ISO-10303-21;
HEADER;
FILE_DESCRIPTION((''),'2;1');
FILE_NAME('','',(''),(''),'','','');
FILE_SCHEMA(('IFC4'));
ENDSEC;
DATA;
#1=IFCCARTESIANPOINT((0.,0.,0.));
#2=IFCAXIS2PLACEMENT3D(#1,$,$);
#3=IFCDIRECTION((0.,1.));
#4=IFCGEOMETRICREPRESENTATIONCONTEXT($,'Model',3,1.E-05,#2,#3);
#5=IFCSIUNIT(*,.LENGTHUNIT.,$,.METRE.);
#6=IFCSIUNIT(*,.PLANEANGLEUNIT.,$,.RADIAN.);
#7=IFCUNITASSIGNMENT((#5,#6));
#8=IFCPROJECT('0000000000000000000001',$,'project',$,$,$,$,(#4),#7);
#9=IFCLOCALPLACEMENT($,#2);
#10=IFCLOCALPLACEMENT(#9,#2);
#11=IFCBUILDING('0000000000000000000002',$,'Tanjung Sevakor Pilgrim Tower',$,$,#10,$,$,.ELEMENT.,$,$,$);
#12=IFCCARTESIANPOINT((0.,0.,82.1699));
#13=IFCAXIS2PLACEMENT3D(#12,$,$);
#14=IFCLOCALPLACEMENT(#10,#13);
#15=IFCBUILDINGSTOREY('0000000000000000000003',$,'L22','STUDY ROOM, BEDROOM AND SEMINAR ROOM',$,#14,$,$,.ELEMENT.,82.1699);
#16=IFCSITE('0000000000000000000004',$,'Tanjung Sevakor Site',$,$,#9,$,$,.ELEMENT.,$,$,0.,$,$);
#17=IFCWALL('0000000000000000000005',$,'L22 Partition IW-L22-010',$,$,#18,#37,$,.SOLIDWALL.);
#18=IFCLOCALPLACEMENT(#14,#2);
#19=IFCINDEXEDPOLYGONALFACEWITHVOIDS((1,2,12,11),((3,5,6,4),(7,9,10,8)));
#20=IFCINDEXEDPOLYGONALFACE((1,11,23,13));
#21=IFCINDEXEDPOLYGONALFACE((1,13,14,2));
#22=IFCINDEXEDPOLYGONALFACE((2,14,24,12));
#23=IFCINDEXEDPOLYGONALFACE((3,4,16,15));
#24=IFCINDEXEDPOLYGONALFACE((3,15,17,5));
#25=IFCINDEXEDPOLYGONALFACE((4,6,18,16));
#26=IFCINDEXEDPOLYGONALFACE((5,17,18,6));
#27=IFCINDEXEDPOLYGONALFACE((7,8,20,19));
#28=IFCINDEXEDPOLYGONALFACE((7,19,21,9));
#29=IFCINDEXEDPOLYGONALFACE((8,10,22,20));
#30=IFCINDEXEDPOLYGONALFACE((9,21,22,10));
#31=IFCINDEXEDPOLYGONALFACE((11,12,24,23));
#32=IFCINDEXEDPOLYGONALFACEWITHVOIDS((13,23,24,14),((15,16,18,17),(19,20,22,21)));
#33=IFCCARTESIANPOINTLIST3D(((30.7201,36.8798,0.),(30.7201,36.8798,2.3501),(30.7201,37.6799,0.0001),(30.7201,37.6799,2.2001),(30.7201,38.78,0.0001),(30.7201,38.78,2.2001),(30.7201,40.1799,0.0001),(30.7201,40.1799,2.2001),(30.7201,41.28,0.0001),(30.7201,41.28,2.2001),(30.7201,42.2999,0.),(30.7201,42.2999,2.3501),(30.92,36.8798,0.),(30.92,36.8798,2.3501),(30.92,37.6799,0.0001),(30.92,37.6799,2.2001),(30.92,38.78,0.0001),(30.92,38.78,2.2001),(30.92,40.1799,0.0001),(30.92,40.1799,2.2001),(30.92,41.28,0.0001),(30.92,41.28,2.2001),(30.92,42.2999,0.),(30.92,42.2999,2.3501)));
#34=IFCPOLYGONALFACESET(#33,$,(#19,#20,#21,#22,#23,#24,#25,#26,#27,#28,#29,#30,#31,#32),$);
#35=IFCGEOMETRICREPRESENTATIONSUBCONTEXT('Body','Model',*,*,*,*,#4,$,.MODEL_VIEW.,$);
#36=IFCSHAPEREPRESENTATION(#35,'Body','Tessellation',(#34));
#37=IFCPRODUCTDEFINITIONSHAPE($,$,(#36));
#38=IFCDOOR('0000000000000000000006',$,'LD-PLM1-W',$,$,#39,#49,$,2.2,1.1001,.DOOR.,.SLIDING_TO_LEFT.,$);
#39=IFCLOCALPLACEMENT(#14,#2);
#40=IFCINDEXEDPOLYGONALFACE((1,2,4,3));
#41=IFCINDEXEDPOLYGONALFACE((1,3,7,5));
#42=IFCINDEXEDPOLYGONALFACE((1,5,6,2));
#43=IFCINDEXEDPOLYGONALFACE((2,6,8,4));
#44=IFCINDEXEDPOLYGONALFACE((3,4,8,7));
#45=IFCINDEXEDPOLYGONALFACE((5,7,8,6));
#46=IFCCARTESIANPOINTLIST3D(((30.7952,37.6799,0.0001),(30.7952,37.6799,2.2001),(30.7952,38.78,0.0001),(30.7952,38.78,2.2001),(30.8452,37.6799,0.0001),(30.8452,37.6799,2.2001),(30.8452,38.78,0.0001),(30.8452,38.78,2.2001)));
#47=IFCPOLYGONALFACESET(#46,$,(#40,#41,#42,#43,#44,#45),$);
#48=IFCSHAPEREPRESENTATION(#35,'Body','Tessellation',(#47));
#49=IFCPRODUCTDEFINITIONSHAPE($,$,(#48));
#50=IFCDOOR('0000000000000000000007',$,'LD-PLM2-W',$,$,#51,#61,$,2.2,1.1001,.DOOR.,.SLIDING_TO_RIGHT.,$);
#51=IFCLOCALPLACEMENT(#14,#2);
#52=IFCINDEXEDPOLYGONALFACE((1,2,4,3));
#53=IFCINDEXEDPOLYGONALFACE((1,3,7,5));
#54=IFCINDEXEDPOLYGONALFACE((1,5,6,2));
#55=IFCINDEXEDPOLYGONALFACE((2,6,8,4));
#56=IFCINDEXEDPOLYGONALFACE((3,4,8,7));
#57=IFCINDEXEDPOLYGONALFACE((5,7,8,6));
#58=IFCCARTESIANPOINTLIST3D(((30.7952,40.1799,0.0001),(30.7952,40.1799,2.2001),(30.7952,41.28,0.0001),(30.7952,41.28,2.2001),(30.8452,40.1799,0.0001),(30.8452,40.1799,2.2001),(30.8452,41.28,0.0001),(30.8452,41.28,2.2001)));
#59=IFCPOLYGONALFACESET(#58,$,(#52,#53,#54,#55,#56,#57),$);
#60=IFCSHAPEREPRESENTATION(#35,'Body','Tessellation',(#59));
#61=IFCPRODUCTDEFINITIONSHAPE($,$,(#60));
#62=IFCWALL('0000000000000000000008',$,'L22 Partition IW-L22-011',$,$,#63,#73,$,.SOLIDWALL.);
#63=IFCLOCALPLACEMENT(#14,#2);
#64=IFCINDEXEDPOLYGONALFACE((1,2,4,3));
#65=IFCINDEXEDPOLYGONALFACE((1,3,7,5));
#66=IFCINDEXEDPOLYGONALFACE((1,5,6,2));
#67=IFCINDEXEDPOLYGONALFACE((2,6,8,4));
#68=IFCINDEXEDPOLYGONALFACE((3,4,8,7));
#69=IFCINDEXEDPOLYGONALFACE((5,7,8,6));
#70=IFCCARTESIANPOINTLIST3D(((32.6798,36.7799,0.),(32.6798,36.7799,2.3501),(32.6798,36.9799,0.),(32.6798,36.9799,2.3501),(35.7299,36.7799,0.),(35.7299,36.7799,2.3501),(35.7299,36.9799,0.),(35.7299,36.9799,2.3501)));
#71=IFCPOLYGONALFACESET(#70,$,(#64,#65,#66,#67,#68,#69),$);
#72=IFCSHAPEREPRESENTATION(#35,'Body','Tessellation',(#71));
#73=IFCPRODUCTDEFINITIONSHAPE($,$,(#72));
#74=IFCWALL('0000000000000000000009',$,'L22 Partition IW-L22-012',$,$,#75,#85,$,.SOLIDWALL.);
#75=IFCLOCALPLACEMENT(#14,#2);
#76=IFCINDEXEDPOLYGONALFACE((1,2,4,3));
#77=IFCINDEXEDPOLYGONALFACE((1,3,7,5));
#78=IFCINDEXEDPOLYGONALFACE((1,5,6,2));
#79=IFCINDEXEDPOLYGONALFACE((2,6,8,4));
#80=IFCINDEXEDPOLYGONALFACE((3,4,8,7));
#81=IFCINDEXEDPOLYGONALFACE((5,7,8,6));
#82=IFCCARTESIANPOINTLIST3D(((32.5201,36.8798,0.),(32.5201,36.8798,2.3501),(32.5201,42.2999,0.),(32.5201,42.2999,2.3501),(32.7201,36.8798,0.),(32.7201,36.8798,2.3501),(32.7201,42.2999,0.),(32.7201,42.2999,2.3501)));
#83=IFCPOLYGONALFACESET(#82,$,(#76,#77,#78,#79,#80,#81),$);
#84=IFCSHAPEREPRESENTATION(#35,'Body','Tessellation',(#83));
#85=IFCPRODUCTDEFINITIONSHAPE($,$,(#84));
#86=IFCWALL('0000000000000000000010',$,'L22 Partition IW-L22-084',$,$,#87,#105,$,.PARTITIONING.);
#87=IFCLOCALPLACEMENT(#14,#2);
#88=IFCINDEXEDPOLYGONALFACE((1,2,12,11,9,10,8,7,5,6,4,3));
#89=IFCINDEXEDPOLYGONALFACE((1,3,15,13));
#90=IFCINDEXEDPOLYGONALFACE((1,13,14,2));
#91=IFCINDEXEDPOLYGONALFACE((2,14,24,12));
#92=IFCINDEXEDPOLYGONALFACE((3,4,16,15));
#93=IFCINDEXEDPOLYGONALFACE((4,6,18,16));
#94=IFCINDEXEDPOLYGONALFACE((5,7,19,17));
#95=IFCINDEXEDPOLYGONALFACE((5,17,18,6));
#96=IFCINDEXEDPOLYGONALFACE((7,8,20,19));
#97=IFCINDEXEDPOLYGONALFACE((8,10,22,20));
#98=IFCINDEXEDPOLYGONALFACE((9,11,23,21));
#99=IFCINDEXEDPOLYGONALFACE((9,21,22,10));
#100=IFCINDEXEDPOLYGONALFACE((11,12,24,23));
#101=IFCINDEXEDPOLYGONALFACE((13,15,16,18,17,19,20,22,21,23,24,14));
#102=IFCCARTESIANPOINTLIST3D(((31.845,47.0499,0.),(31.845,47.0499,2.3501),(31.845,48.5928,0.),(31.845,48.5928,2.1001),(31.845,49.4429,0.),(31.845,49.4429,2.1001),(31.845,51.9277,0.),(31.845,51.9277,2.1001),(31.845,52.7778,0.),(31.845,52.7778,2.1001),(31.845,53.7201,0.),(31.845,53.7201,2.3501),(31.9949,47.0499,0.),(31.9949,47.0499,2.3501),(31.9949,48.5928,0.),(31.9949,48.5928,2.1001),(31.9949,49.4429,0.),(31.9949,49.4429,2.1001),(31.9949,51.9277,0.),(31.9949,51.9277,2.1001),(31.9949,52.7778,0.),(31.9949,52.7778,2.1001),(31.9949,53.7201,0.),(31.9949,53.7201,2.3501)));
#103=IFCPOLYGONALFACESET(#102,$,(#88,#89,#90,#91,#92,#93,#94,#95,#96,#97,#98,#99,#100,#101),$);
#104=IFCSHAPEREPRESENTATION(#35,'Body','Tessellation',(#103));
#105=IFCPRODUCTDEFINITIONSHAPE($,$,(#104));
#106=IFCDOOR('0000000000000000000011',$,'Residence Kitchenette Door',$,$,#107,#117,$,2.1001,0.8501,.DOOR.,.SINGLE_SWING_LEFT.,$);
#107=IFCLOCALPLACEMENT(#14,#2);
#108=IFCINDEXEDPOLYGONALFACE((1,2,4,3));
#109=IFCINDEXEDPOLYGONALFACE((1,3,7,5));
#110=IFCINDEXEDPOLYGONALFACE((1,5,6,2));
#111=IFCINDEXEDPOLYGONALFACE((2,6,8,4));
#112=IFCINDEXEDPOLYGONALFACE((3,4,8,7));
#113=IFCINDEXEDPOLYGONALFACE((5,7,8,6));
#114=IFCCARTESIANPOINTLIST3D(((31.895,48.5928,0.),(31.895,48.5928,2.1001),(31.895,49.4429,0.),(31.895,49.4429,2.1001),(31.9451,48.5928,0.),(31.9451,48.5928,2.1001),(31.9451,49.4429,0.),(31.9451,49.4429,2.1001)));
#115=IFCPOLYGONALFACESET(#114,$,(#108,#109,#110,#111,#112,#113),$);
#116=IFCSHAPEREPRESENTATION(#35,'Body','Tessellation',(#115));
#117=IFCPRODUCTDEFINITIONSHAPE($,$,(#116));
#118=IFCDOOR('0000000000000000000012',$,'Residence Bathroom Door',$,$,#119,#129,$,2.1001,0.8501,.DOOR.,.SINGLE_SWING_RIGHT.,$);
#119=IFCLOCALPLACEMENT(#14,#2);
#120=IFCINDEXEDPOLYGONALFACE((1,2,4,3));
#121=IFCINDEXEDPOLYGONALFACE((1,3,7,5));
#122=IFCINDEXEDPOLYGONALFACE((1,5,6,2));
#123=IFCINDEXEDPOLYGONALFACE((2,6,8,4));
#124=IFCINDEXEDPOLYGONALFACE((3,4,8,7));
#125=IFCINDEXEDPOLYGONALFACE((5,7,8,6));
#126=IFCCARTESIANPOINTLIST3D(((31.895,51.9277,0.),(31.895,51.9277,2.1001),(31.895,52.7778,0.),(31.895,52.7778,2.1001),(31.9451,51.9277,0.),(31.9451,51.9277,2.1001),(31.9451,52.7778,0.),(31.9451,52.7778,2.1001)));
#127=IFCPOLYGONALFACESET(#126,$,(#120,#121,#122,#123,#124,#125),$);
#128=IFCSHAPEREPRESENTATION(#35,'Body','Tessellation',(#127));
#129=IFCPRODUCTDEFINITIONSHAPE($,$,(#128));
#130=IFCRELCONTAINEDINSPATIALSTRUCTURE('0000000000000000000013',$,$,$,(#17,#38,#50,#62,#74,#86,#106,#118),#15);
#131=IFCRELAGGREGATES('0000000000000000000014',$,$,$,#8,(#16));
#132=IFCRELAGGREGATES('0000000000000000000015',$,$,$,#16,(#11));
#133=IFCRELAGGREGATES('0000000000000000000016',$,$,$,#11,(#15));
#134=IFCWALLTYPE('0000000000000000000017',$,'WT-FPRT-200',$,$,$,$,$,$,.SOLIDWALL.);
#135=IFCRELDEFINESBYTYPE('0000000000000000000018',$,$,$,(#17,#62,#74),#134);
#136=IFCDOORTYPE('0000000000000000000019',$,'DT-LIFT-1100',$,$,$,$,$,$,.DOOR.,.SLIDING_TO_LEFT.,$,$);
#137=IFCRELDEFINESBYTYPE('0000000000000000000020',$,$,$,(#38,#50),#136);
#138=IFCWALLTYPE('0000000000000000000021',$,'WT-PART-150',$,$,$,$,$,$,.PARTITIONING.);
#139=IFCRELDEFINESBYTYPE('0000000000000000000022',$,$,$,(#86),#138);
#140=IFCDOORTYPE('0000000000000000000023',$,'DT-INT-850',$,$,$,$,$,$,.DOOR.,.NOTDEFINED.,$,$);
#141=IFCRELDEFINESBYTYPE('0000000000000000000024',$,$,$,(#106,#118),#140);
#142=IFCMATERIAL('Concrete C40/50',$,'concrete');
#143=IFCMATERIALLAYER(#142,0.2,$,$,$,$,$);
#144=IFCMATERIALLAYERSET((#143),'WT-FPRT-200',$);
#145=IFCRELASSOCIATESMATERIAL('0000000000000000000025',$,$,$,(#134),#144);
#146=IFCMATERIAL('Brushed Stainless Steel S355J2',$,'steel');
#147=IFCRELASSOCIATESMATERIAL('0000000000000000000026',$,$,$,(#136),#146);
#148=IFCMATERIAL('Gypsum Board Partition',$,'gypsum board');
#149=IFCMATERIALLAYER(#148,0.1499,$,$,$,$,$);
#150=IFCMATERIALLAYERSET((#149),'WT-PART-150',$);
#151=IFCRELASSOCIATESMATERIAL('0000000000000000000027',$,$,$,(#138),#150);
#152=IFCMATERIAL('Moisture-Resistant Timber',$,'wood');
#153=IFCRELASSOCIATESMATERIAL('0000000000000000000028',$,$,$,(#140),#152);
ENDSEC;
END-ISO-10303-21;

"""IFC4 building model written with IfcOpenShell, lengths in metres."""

from ifc_helpers import new_model, si_unit, direction, frame, frame_2d, origin, place, context, subcontext, project, spatial, rectangle, extrude, material, layer, layer_set, type_object, element, fill, save


model = new_model("IFC4")

# Units and contexts
model_context = context("Model", 3, precision=1e-05, world=origin(), true_north=direction((0.0, 1.0)))
body_context = subcontext(model_context, "Body", "Model", "MODEL_VIEW")
ifc_project = project(units=[si_unit("LENGTHUNIT", "METRE"), si_unit("PLANEANGLEUNIT", "RADIAN")], contexts=[model_context])

# Site, building, storey
site_placement = place(None, origin())
site = spatial("IfcSite", under=ifc_project, at=site_placement, Name="Tanjung Sevakor Site", CompositionType="ELEMENT", RefElevation=0.0)
building_placement = place(site_placement, origin())
building = spatial("IfcBuilding", under=site, at=building_placement, Name="Tanjung Sevakor Pilgrim Tower", CompositionType="ELEMENT")
storey_placement = place(building_placement, frame((0.0, 0.0, 82.1699)))
storey = spatial("IfcBuildingStorey", under=building, at=storey_placement, Name="L22", Description="STUDY ROOM, BEDROOM AND SEMINAR ROOM", CompositionType="ELEMENT", Elevation=82.1699)

# Shared definitions
ifc_material_1 = material(Name="Concrete C40/50", Category="concrete")
ifc_layer_1 = layer(ifc_material_1, 0.2)
ifc_layer_set_1 = layer_set([ifc_layer_1], Name="WT-FPRT-200")
wall_type_1 = type_object("IfcWallType", Name="WT-FPRT-200", PredefinedType="SOLIDWALL", material=ifc_layer_set_1)

# Wall, openings, doors
wall_1_placement = place(storey_placement, frame((30.8201, 36.8799, 0.0), z_axis=(0.0, 0.0, 1.0), x_axis=(0.0, 1.0, 0.0)))
wall_1 = element("IfcWall", 1, at=wall_1_placement, inside=storey, type_object=wall_type_1, Name="L22 Partition IW-L22-010", PredefinedType="SOLIDWALL", context=body_context, shape_type="SweptSolid", body=[
    extrude(rectangle(XDim=5.4202, YDim=0.2, at=frame_2d((2.71, 0.0))), origin(), (0.0, 0.0, 1.0), 2.3501),
])
opening_1_placement = place(wall_1_placement, frame((0.8, 0.0, 0.0)))
opening_1 = element("IfcOpeningElement", 2, at=opening_1_placement, cuts=wall_1, PredefinedType="OPENING", context=body_context, shape_type="SweptSolid", body=[
    extrude(rectangle(XDim=1.1001, YDim=2.2, at=frame_2d((0.55, 1.1001))), frame((0.0, 0.1099, 0.0), z_axis=(0.0, -1.0, 0.0), x_axis=(1.0, 0.0, 0.0)), (0.0, 0.0, 1.0), 0.22),
])
opening_2_placement = place(wall_1_placement, frame((3.3, 0.0, 0.0)))
opening_2 = element("IfcOpeningElement", 3, at=opening_2_placement, cuts=wall_1, PredefinedType="OPENING", context=body_context, shape_type="SweptSolid", body=[
    extrude(rectangle(XDim=1.1001, YDim=2.2, at=frame_2d((0.55, 1.1001))), frame((0.0, 0.1099, 0.0), z_axis=(0.0, -1.0, 0.0), x_axis=(1.0, 0.0, 0.0)), (0.0, 0.0, 1.0), 0.22),
])
ifc_material_2 = material(Name="Brushed Stainless Steel S355J2", Category="steel")
door_type_1 = type_object("IfcDoorType", Name="DT-LIFT-1100", OperationType="SLIDING_TO_LEFT", PredefinedType="DOOR", material=ifc_material_2)
door_1_placement = place(opening_1_placement, origin())
door_1 = element("IfcDoor", 4, at=door_1_placement, inside=storey, type_object=door_type_1, Name="LD-PLM1-W", OperationType="SLIDING_TO_LEFT", OverallHeight=2.2, OverallWidth=1.1001, PredefinedType="DOOR", context=body_context, shape_type="SweptSolid", body=[
    extrude(rectangle(XDim=1.1001, YDim=2.2, at=frame_2d((0.55, 1.1001))), frame((0.0, 0.0249, 0.0), z_axis=(0.0, -1.0, 0.0), x_axis=(1.0, 0.0, 0.0)), (0.0, 0.0, 1.0), 0.05),
])
fill(opening_1, door_1)
door_2_placement = place(opening_2_placement, origin())
door_2 = element("IfcDoor", 5, at=door_2_placement, inside=storey, type_object=door_type_1, Name="LD-PLM2-W", OperationType="SLIDING_TO_RIGHT", OverallHeight=2.2, OverallWidth=1.1001, PredefinedType="DOOR", context=body_context, shape_type="SweptSolid", body=[
    extrude(rectangle(XDim=1.1001, YDim=2.2, at=frame_2d((0.55, 1.1001))), frame((0.0, 0.0249, 0.0), z_axis=(0.0, -1.0, 0.0), x_axis=(1.0, 0.0, 0.0)), (0.0, 0.0, 1.0), 0.05),
])
fill(opening_2, door_2)

# Walls
wall_2_placement = place(storey_placement, frame((32.6799, 36.8799, 0.0), z_axis=(0.0, 0.0, 1.0), x_axis=(1.0, 0.0, 0.0)))
element("IfcWall", 6, at=wall_2_placement, inside=storey, type_object=wall_type_1, Name="L22 Partition IW-L22-011", PredefinedType="SOLIDWALL", context=body_context, shape_type="SweptSolid", body=[
    extrude(rectangle(XDim=3.05, YDim=0.2, at=frame_2d((1.5249, 0.0))), origin(), (0.0, 0.0, 1.0), 2.3501),
])
wall_3_placement = place(storey_placement, frame((32.6201, 36.8799, 0.0), z_axis=(0.0, 0.0, 1.0), x_axis=(0.0, 1.0, 0.0)))
element("IfcWall", 7, at=wall_3_placement, inside=storey, type_object=wall_type_1, Name="L22 Partition IW-L22-012", PredefinedType="SOLIDWALL", context=body_context, shape_type="SweptSolid", body=[
    extrude(rectangle(XDim=5.4202, YDim=0.2, at=frame_2d((2.71, 0.0))), origin(), (0.0, 0.0, 1.0), 2.3501),
])

# Wall, openings, doors
ifc_material_3 = material(Name="Gypsum Board Partition", Category="gypsum board")
ifc_layer_2 = layer(ifc_material_3, 0.1499)
ifc_layer_set_2 = layer_set([ifc_layer_2], Name="WT-PART-150")
wall_type_2 = type_object("IfcWallType", Name="WT-PART-150", PredefinedType="PARTITIONING", material=ifc_layer_set_2)
wall_4_placement = place(storey_placement, frame((31.9199, 47.05, 0.0), z_axis=(0.0, 0.0, 1.0), x_axis=(0.0, 1.0, 0.0)))
wall_4 = element("IfcWall", 8, at=wall_4_placement, inside=storey, type_object=wall_type_2, Name="L22 Partition IW-L22-084", PredefinedType="PARTITIONING", context=body_context, shape_type="SweptSolid", body=[
    extrude(rectangle(XDim=6.6702, YDim=0.1499, at=frame_2d((3.335, 0.0))), origin(), (0.0, 0.0, 1.0), 2.3501),
])
opening_3_placement = place(wall_4_placement, frame((1.5427, 0.0, 0.0)))
opening_3 = element("IfcOpeningElement", 9, at=opening_3_placement, cuts=wall_4, PredefinedType="OPENING", context=body_context, shape_type="SweptSolid", body=[
    extrude(rectangle(XDim=0.8501, YDim=2.1001, at=frame_2d((0.425, 1.05))), frame((0.0, 0.085, 0.0), z_axis=(0.0, -1.0, 0.0), x_axis=(1.0, 0.0, 0.0)), (0.0, 0.0, 1.0), 0.1699),
])
opening_4_placement = place(wall_4_placement, frame((4.8777, 0.0, 0.0)))
opening_4 = element("IfcOpeningElement", 10, at=opening_4_placement, cuts=wall_4, PredefinedType="OPENING", context=body_context, shape_type="SweptSolid", body=[
    extrude(rectangle(XDim=0.8501, YDim=2.1001, at=frame_2d((0.425, 1.05))), frame((0.0, 0.085, 0.0), z_axis=(0.0, -1.0, 0.0), x_axis=(1.0, 0.0, 0.0)), (0.0, 0.0, 1.0), 0.1699),
])
ifc_material_4 = material(Name="Moisture-Resistant Timber", Category="wood")
door_type_2 = type_object("IfcDoorType", Name="DT-INT-850", OperationType="NOTDEFINED", PredefinedType="DOOR", material=ifc_material_4)
door_3_placement = place(opening_3_placement, origin())
door_3 = element("IfcDoor", 11, at=door_3_placement, inside=storey, type_object=door_type_2, Name="Residence Kitchenette Door", OperationType="SINGLE_SWING_LEFT", OverallHeight=2.1001, OverallWidth=0.8501, PredefinedType="DOOR", context=body_context, shape_type="SweptSolid", body=[
    extrude(rectangle(XDim=0.8501, YDim=2.1001, at=frame_2d((0.425, 1.05))), frame((0.0, 0.0249, 0.0), z_axis=(0.0, -1.0, 0.0), x_axis=(1.0, 0.0, 0.0)), (0.0, 0.0, 1.0), 0.05),
])
fill(opening_3, door_3)
door_4_placement = place(opening_4_placement, origin())
door_4 = element("IfcDoor", 12, at=door_4_placement, inside=storey, type_object=door_type_2, Name="Residence Bathroom Door", OperationType="SINGLE_SWING_RIGHT", OverallHeight=2.1001, OverallWidth=0.8501, PredefinedType="DOOR", context=body_context, shape_type="SweptSolid", body=[
    extrude(rectangle(XDim=0.8501, YDim=2.1001, at=frame_2d((0.425, 1.05))), frame((0.0, 0.0249, 0.0), z_axis=(0.0, -1.0, 0.0), x_axis=(1.0, 0.0, 0.0)), (0.0, 0.0, 1.0), 0.05),
])
fill(opening_4, door_4)

save(model, "model.ifc")
